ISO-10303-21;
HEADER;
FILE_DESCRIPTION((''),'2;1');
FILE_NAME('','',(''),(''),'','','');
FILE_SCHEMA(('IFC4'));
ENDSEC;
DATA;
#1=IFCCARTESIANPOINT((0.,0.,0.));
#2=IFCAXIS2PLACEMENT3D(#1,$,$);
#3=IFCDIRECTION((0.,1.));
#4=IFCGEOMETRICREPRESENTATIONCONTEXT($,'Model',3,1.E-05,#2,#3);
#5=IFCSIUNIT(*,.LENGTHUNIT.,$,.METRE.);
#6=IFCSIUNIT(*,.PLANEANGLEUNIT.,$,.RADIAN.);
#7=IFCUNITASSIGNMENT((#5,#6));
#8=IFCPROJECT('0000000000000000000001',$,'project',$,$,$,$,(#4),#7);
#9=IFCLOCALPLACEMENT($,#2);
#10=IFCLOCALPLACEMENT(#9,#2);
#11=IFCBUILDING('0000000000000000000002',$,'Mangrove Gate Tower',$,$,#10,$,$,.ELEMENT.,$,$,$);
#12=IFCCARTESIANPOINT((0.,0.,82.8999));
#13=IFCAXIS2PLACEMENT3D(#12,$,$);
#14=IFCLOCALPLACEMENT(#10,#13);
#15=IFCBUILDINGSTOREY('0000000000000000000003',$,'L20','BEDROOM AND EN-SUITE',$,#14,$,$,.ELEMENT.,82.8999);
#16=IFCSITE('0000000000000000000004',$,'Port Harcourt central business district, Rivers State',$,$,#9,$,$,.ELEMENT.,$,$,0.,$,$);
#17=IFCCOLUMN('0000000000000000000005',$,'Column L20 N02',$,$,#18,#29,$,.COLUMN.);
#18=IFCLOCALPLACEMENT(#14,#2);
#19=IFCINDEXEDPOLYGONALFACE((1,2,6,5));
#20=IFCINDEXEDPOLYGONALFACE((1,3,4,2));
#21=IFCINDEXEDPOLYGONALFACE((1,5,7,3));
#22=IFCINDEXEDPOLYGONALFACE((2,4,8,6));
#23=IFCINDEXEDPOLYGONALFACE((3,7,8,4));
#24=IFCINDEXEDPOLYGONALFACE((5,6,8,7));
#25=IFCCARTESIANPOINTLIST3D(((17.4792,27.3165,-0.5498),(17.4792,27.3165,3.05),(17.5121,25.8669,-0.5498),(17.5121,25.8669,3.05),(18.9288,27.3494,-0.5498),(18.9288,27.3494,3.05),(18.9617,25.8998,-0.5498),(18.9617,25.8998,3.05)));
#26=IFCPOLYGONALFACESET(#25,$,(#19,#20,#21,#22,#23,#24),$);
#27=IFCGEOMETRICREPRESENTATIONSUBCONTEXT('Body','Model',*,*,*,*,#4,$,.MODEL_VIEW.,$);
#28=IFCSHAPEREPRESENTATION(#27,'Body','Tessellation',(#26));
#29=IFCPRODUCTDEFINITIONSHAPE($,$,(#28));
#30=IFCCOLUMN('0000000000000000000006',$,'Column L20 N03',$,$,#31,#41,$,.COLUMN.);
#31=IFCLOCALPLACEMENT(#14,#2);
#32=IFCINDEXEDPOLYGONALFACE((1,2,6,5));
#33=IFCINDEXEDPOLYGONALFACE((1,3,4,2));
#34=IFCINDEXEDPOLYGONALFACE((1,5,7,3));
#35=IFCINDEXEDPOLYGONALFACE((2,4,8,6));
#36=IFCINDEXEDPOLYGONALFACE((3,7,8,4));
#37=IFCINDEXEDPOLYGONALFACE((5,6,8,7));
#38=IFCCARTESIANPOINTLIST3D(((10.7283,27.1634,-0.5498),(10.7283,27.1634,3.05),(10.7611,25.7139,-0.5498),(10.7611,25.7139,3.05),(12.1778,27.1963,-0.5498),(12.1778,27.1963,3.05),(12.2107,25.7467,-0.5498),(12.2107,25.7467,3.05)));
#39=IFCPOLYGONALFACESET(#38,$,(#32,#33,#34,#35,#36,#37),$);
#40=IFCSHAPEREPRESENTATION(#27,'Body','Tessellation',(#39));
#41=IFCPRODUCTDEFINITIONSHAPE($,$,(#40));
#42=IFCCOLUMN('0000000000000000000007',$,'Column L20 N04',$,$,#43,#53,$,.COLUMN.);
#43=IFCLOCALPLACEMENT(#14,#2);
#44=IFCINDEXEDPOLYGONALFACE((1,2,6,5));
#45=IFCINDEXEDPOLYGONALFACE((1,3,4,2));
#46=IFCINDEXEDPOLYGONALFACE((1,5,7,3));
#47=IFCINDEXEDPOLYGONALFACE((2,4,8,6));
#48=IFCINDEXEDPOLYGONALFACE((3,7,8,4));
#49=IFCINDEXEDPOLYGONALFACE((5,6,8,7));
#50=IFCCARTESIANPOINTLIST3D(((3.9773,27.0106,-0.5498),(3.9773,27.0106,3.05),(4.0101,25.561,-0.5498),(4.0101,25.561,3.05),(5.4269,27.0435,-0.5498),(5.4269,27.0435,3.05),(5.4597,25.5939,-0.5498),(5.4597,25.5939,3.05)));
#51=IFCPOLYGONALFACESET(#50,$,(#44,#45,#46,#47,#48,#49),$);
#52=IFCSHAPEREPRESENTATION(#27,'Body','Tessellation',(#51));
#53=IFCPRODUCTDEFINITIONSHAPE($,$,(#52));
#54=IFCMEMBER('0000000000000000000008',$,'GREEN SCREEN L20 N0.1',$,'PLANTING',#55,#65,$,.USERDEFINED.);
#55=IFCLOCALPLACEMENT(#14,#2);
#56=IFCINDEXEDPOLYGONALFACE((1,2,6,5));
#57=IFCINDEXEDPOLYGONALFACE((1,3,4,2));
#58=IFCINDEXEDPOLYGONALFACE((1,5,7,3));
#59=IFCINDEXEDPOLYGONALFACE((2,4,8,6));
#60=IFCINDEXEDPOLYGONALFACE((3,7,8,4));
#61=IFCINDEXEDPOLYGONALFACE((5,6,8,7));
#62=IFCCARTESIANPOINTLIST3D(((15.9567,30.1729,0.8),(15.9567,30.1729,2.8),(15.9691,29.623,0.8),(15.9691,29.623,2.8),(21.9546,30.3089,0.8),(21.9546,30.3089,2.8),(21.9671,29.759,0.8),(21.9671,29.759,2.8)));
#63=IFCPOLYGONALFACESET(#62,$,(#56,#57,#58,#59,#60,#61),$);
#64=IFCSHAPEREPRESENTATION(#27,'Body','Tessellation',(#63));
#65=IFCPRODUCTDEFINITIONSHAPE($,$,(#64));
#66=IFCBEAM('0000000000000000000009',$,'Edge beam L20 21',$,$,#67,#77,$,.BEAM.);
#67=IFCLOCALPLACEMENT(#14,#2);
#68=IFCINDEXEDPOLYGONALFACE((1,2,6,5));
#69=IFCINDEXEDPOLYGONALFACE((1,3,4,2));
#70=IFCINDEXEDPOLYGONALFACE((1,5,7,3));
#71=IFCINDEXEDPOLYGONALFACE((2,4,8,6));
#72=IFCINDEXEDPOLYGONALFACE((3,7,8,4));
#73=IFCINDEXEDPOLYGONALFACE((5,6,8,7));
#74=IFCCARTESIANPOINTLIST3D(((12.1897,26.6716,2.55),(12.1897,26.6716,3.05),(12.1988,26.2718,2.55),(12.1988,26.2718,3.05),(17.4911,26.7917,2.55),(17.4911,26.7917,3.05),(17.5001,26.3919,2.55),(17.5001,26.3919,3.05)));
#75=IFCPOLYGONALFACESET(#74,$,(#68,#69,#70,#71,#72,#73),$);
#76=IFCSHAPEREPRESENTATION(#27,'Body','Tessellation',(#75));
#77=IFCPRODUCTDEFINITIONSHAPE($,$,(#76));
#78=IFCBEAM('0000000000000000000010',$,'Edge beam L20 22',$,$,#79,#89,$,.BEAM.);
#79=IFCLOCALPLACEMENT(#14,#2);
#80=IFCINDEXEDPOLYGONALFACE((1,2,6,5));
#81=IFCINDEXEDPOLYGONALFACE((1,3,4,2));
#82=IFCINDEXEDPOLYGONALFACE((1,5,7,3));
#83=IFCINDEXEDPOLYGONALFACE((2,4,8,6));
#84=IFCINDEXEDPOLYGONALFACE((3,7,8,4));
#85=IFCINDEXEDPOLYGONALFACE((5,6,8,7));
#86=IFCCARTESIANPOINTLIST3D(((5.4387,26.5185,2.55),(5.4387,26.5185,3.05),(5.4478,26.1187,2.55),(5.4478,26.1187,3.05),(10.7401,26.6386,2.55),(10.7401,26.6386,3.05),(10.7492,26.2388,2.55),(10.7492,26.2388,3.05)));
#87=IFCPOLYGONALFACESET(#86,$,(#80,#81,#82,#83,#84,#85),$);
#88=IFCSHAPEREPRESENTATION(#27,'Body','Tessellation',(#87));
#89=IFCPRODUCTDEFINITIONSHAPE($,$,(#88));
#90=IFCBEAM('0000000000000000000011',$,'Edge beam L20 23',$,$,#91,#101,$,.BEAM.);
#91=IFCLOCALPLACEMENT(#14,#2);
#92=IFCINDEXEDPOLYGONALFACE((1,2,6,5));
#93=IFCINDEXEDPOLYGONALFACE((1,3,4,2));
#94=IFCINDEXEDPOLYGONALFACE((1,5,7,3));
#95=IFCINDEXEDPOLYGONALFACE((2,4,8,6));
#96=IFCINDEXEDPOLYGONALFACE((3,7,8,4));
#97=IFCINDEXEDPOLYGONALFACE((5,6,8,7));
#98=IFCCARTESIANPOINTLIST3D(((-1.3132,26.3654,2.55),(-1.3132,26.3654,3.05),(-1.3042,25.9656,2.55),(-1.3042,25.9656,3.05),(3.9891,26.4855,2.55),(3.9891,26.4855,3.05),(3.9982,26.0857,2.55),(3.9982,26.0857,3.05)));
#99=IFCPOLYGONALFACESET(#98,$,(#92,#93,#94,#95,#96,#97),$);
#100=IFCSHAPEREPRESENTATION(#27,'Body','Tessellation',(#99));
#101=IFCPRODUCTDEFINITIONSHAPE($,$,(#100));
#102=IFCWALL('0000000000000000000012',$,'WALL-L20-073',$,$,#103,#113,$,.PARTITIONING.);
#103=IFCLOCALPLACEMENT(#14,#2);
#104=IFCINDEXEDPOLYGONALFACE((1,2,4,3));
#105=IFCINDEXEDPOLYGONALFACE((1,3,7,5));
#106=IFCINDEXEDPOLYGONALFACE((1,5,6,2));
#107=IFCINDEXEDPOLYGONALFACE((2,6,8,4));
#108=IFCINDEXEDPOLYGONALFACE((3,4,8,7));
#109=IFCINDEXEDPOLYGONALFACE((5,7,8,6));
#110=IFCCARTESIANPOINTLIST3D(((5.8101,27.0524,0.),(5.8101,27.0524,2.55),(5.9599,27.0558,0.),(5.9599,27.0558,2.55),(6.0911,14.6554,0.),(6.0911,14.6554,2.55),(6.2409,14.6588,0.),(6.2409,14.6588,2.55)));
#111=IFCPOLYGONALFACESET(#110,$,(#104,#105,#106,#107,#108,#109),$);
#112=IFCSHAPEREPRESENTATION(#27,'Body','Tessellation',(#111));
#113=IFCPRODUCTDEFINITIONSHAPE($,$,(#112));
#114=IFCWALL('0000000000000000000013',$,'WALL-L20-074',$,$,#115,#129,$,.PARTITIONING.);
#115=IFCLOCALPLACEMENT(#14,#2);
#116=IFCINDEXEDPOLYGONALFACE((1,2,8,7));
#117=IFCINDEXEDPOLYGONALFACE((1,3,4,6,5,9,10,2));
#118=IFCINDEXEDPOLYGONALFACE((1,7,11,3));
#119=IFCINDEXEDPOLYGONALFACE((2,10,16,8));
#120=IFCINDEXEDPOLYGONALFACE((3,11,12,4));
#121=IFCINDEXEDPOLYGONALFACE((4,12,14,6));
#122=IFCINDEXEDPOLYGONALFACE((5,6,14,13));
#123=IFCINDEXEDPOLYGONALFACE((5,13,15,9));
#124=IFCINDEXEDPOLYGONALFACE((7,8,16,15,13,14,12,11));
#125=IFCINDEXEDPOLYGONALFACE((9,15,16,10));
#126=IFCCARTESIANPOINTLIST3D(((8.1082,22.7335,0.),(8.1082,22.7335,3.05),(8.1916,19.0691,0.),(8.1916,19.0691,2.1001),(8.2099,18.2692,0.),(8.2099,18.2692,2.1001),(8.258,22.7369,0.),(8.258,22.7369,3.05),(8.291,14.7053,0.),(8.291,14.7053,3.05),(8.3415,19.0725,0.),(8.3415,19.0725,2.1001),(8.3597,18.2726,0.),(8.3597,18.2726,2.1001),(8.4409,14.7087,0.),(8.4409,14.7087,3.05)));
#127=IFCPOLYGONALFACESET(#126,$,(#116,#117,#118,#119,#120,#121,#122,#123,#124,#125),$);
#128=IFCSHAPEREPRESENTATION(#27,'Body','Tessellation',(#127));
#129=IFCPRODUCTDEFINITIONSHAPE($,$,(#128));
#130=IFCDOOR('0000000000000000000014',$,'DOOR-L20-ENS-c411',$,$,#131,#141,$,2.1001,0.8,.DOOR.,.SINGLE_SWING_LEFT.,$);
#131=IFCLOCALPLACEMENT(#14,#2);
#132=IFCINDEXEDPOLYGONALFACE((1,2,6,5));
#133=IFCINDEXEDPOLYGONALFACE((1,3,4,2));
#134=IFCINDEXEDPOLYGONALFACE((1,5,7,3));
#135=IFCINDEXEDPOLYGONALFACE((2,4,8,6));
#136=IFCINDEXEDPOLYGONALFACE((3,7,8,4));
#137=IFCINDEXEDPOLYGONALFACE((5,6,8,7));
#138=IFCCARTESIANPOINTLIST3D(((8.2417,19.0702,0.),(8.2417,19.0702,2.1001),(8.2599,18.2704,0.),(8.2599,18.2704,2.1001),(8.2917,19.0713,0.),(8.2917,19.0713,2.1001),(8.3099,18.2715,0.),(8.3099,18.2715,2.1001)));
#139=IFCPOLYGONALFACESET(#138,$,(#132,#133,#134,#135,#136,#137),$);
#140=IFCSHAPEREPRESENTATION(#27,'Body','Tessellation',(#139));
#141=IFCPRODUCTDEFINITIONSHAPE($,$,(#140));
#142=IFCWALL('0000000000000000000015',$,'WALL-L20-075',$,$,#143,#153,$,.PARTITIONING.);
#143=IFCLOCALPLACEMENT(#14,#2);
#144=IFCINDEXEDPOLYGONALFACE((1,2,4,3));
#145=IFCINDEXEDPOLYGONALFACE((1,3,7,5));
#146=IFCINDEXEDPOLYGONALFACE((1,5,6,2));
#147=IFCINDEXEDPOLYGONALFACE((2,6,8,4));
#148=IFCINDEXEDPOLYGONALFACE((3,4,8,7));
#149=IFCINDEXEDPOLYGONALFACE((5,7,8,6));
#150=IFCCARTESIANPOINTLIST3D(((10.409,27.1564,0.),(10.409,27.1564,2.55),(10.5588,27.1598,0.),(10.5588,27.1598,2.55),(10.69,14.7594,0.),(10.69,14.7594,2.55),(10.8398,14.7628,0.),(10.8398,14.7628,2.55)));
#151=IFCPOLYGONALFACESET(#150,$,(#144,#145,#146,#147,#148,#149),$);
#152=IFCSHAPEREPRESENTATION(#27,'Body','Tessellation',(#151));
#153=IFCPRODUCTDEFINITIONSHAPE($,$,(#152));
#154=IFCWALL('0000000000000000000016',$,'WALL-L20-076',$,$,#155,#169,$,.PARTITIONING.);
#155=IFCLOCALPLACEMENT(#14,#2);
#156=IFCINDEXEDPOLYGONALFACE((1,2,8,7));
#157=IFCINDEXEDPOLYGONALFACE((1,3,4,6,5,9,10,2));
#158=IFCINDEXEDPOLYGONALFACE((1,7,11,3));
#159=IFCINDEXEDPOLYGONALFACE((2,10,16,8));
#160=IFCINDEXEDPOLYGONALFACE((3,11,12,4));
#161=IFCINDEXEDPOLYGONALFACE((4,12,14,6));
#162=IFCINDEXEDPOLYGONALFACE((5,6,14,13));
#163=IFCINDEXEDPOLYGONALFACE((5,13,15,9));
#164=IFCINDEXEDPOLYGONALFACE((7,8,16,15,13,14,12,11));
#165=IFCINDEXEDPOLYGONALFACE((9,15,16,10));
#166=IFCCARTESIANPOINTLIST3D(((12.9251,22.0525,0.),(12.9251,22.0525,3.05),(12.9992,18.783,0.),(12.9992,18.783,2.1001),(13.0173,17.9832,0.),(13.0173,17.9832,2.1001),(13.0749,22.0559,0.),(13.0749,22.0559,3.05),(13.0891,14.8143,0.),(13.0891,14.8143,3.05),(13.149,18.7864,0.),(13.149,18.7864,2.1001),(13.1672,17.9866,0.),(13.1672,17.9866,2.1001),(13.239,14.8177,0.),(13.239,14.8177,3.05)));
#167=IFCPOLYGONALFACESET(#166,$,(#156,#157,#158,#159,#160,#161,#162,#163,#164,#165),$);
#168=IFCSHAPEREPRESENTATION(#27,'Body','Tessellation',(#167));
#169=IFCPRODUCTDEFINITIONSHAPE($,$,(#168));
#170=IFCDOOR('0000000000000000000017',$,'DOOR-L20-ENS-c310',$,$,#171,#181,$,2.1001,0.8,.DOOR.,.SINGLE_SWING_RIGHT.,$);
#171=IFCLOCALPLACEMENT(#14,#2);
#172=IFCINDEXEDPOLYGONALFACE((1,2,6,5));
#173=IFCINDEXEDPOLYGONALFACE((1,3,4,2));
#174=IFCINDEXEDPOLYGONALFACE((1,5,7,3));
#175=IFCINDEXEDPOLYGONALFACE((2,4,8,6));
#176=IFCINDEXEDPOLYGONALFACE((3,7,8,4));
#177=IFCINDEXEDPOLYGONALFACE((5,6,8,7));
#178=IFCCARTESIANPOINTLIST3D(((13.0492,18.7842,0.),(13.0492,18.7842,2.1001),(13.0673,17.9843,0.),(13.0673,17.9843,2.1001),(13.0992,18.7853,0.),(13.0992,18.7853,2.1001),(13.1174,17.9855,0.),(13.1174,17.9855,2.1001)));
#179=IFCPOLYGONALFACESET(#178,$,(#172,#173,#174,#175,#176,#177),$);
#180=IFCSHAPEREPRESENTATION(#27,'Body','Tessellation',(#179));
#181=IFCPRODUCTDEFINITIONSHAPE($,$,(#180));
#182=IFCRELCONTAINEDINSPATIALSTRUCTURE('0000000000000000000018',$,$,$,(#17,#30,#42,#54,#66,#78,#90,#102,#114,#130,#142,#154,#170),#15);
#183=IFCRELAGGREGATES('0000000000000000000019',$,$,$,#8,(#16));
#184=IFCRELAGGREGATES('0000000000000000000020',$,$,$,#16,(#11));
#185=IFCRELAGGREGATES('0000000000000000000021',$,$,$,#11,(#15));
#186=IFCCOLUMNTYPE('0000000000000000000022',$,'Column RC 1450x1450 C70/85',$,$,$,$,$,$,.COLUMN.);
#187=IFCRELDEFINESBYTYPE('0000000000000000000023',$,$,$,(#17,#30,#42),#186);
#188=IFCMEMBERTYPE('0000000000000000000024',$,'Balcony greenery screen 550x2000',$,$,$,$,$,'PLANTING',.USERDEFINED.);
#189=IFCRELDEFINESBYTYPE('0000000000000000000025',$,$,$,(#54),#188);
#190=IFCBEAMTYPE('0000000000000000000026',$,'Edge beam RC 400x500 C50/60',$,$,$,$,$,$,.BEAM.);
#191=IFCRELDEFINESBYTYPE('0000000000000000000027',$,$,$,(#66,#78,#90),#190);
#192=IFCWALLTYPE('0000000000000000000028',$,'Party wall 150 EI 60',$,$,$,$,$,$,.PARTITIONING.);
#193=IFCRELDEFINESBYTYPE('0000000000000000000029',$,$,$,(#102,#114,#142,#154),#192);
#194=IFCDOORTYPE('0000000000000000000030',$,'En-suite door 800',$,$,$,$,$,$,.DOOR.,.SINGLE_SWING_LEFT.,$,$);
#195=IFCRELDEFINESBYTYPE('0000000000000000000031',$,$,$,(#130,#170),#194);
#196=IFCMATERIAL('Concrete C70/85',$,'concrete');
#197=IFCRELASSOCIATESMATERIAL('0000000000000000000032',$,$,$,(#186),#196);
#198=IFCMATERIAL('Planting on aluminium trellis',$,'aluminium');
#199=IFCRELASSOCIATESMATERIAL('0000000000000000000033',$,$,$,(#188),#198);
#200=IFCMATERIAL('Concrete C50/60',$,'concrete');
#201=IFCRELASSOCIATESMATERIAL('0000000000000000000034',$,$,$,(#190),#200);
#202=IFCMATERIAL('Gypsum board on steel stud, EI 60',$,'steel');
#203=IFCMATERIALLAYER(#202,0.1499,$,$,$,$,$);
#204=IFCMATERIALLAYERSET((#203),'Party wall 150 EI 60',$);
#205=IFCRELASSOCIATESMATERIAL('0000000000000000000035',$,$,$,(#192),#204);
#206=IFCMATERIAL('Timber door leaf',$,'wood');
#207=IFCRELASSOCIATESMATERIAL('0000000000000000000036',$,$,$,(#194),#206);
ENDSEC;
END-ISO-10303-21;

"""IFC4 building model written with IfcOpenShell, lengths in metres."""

from ifc_helpers import new_model, si_unit, direction, frame, frame_2d, origin, origin_2d, place, context, subcontext, project, spatial, rectangle, extrude, material, layer, layer_set, material_profile, profile_set, type_object, element, fill, save


model = new_model("IFC4")

# Units and contexts
model_context = context("Model", 3, precision=1e-05, world=origin(), true_north=direction((0.0, 1.0)))
body_context = subcontext(model_context, "Body", "Model", "MODEL_VIEW")
ifc_project = project(units=[si_unit("LENGTHUNIT", "METRE"), si_unit("PLANEANGLEUNIT", "RADIAN")], contexts=[model_context])

# Site, building, storey
site_placement = place(None, origin())
site = spatial("IfcSite", under=ifc_project, at=site_placement, Name="Port Harcourt central business district, Rivers State", CompositionType="ELEMENT", RefElevation=0.0)
building_placement = place(site_placement, origin())
building = spatial("IfcBuilding", under=site, at=building_placement, Name="Mangrove Gate Tower", CompositionType="ELEMENT")
storey_placement = place(building_placement, frame((0.0, 0.0, 82.8999)))
storey = spatial("IfcBuildingStorey", under=building, at=storey_placement, Name="L20", Description="BEDROOM AND EN-SUITE", CompositionType="ELEMENT", Elevation=82.8999)

# Columns
ifc_material_1 = material(Name="Concrete C70/85", Category="concrete")
ifc_material_profile_1 = material_profile(ifc_material_1, rectangle(XDim=1.45, YDim=1.45, at=origin_2d()))
ifc_profile_set_1 = profile_set([ifc_material_profile_1], Name="Concrete C70/85")
column_type = type_object("IfcColumnType", Name="Column RC 1450x1450 C70/85", PredefinedType="COLUMN", material=ifc_profile_set_1)
for number, where, z_axis, x_axis, name in (
    (1, (18.2205, 26.6082, -0.5498), (0.0, 0.0, 1.0), (-0.999742, -0.02273, 0.0), "Column L20 N02"),
    (2, (11.4695, 26.4551, -0.5498), (0.0, 0.0, 1.0), (-0.999743, -0.022657, 0.0), "Column L20 N03"),
    (3, (4.7185, 26.3022, -0.5498), (0.0, 0.0, 1.0), (-0.999743, -0.022656, 0.0), "Column L20 N04"),
):
    element("IfcColumn", number, at=place(storey_placement, frame(where, z_axis=z_axis, x_axis=x_axis)), inside=storey, type_object=column_type, Name=name, PredefinedType="COLUMN", context=body_context, shape_type="SweptSolid", body=[
        extrude(rectangle(XDim=1.45, YDim=1.45, at=origin_2d()), origin(), (0.0, 0.0, 1.0), 3.5999),
    ])

# Member
ifc_material_2 = material(Name="Planting on aluminium trellis", Category="aluminium")
ifc_material_profile_2 = material_profile(ifc_material_2, rectangle(XDim=0.55, YDim=2.0, at=origin_2d()))
ifc_profile_set_2 = profile_set([ifc_material_profile_2], Name="Planting on aluminium trellis")
member_type = type_object("IfcMemberType", Name="Balcony greenery screen 550x2000", ElementType="PLANTING", PredefinedType="USERDEFINED", material=ifc_profile_set_2)
member_placement = place(storey_placement, frame((15.9629, 29.8979, 1.8), z_axis=(0.999743, 0.022666, 0.0), x_axis=(-0.022666, 0.999743, 0.0)))
element("IfcMember", 4, at=member_placement, inside=storey, type_object=member_type, Name="GREEN SCREEN L20 N0.1", ObjectType="PLANTING", PredefinedType="USERDEFINED", context=body_context, shape_type="SweptSolid", body=[
    extrude(rectangle(XDim=0.55, YDim=2.0, at=origin_2d()), origin(), (0.0, 0.0, 1.0), 5.9995),
])

# Beams
ifc_material_3 = material(Name="Concrete C50/60", Category="concrete")
ifc_material_profile_3 = material_profile(ifc_material_3, rectangle(XDim=0.3999, YDim=0.5, at=origin_2d()))
ifc_profile_set_3 = profile_set([ifc_material_profile_3], Name="Concrete C50/60")
beam_type = type_object("IfcBeamType", Name="Edge beam RC 400x500 C50/60", PredefinedType="BEAM", material=ifc_profile_set_3)
for number, where, z_axis, x_axis, name in (
    (5, (17.4956, 26.5918, 2.8), (-0.999743, -0.022652, 0.0), (0.022652, -0.999743, 0.0), "Edge beam L20 21"),
    (6, (10.7446, 26.4387, 2.8), (-0.999743, -0.022652, 0.0), (0.022652, -0.999743, 0.0), "Edge beam L20 22"),
):
    element("IfcBeam", number, at=place(storey_placement, frame(where, z_axis=z_axis, x_axis=x_axis)), inside=storey, type_object=beam_type, Name=name, PredefinedType="BEAM", context=body_context, shape_type="SweptSolid", body=[
        extrude(rectangle(XDim=0.3999, YDim=0.5, at=origin_2d()), origin(), (0.0, 0.0, 1.0), 5.3027),
    ])
beam_placement = place(storey_placement, frame((3.9937, 26.2856, 2.8), z_axis=(-0.999743, -0.022648, 0.0), x_axis=(0.022648, -0.999743, 0.0)))
element("IfcBeam", 7, at=beam_placement, inside=storey, type_object=beam_type, Name="Edge beam L20 23", PredefinedType="BEAM", context=body_context, shape_type="SweptSolid", body=[
    extrude(rectangle(XDim=0.3999, YDim=0.5, at=origin_2d()), origin(), (0.0, 0.0, 1.0), 5.3037),
])

# Wall
ifc_material_4 = material(Name="Gypsum board on steel stud, EI 60", Category="steel")
ifc_layer_1 = layer(ifc_material_4, 0.1499)
ifc_layer_set_1 = layer_set([ifc_layer_1], Name="Party wall 150 EI 60")
wall_type_1 = type_object("IfcWallType", Name="Party wall 150 EI 60", PredefinedType="PARTITIONING", material=ifc_layer_set_1)
wall_1_placement = place(storey_placement, frame((6.166, 14.657, 0.0), z_axis=(0.0, 0.0, 1.0), x_axis=(-0.022661, 0.999743, 0.0)))
element("IfcWall", 8, at=wall_1_placement, inside=storey, type_object=wall_type_1, Name="WALL-L20-073", PredefinedType="PARTITIONING", context=body_context, shape_type="SweptSolid", body=[
    extrude(rectangle(XDim=12.4001, YDim=0.1499, at=frame_2d((6.2002, 0.0))), origin(), (0.0, 0.0, 1.0), 2.55),
])

# Wall, opening, door
wall_2_placement = place(storey_placement, frame((8.366, 14.707, 0.0), z_axis=(0.0, 0.0, 1.0), x_axis=(-0.022772, 0.999741, 0.0)))
wall_2 = element("IfcWall", 9, at=wall_2_placement, inside=storey, type_object=wall_type_1, Name="WALL-L20-074", PredefinedType="PARTITIONING", context=body_context, shape_type="SweptSolid", body=[
    extrude(rectangle(XDim=8.0303, YDim=0.1499, at=frame_2d((4.0151, 0.0))), origin(), (0.0, 0.0, 1.0), 3.05),
])
opening_1_placement = place(wall_2_placement, frame((3.5649, 0.0, 0.0)))
opening_1 = element("IfcOpeningElement", 10, at=opening_1_placement, cuts=wall_2, PredefinedType="OPENING", context=body_context, shape_type="SweptSolid", body=[
    extrude(rectangle(XDim=0.8, YDim=2.1001, at=frame_2d((0.3999, 1.05))), frame((0.0, 0.085, 0.0), z_axis=(0.0, -1.0, 0.0), x_axis=(1.0, 0.0, 0.0)), (0.0, 0.0, 1.0), 0.1699),
])
ifc_material_5 = material(Name="Timber door leaf", Category="wood")
door_type = type_object("IfcDoorType", Name="En-suite door 800", OperationType="SINGLE_SWING_LEFT", PredefinedType="DOOR", material=ifc_material_5)
door_1_placement = place(opening_1_placement, origin())
door_1 = element("IfcDoor", 11, at=door_1_placement, inside=storey, type_object=door_type, Name="DOOR-L20-ENS-c411", OperationType="SINGLE_SWING_LEFT", OverallHeight=2.1001, OverallWidth=0.8, PredefinedType="DOOR", context=body_context, shape_type="SweptSolid", body=[
    extrude(rectangle(XDim=0.8, YDim=2.1001, at=frame_2d((0.3999, 1.05))), frame((0.0, 0.0249, 0.0), z_axis=(0.0, -1.0, 0.0), x_axis=(1.0, 0.0, 0.0)), (0.0, 0.0, 1.0), 0.05),
])
fill(opening_1, door_1)

# Wall
wall_3_placement = place(storey_placement, frame((10.7649, 14.761, 0.0), z_axis=(0.0, 0.0, 1.0), x_axis=(-0.022661, 0.999743, 0.0)))
element("IfcWall", 12, at=wall_3_placement, inside=storey, type_object=wall_type_1, Name="WALL-L20-075", PredefinedType="PARTITIONING", context=body_context, shape_type="SweptSolid", body=[
    extrude(rectangle(XDim=12.4001, YDim=0.1499, at=frame_2d((6.2002, 0.0))), origin(), (0.0, 0.0, 1.0), 2.55),
])

# Wall, opening, door
wall_4_placement = place(storey_placement, frame((13.1641, 14.8159, 0.0), z_axis=(0.0, 0.0, 1.0), x_axis=(-0.022661, 0.999743, 0.0)))
wall_4 = element("IfcWall", 13, at=wall_4_placement, inside=storey, type_object=wall_type_1, Name="WALL-L20-076", PredefinedType="PARTITIONING", context=body_context, shape_type="SweptSolid", body=[
    extrude(rectangle(XDim=7.24, YDim=0.1499, at=frame_2d((3.6201, 0.0))), origin(), (0.0, 0.0, 1.0), 3.05),
])
opening_2_placement = place(wall_4_placement, frame((3.1699, 0.0, 0.0)))
opening_2 = element("IfcOpeningElement", 14, at=opening_2_placement, cuts=wall_4, PredefinedType="OPENING", context=body_context, shape_type="SweptSolid", body=[
    extrude(rectangle(XDim=0.8, YDim=2.1001, at=frame_2d((0.3999, 1.05))), frame((0.0, 0.085, 0.0), z_axis=(0.0, -1.0, 0.0), x_axis=(1.0, 0.0, 0.0)), (0.0, 0.0, 1.0), 0.1699),
])
door_2_placement = place(opening_2_placement, origin())
door_2 = element("IfcDoor", 15, at=door_2_placement, inside=storey, type_object=door_type, Name="DOOR-L20-ENS-c310", OperationType="SINGLE_SWING_RIGHT", OverallHeight=2.1001, OverallWidth=0.8, PredefinedType="DOOR", context=body_context, shape_type="SweptSolid", body=[
    extrude(rectangle(XDim=0.8, YDim=2.1001, at=frame_2d((0.3999, 1.05))), frame((0.0, 0.0249, 0.0), z_axis=(0.0, -1.0, 0.0), x_axis=(1.0, 0.0, 0.0)), (0.0, 0.0, 1.0), 0.05),
])
fill(opening_2, door_2)

save(model, "model.ifc")
